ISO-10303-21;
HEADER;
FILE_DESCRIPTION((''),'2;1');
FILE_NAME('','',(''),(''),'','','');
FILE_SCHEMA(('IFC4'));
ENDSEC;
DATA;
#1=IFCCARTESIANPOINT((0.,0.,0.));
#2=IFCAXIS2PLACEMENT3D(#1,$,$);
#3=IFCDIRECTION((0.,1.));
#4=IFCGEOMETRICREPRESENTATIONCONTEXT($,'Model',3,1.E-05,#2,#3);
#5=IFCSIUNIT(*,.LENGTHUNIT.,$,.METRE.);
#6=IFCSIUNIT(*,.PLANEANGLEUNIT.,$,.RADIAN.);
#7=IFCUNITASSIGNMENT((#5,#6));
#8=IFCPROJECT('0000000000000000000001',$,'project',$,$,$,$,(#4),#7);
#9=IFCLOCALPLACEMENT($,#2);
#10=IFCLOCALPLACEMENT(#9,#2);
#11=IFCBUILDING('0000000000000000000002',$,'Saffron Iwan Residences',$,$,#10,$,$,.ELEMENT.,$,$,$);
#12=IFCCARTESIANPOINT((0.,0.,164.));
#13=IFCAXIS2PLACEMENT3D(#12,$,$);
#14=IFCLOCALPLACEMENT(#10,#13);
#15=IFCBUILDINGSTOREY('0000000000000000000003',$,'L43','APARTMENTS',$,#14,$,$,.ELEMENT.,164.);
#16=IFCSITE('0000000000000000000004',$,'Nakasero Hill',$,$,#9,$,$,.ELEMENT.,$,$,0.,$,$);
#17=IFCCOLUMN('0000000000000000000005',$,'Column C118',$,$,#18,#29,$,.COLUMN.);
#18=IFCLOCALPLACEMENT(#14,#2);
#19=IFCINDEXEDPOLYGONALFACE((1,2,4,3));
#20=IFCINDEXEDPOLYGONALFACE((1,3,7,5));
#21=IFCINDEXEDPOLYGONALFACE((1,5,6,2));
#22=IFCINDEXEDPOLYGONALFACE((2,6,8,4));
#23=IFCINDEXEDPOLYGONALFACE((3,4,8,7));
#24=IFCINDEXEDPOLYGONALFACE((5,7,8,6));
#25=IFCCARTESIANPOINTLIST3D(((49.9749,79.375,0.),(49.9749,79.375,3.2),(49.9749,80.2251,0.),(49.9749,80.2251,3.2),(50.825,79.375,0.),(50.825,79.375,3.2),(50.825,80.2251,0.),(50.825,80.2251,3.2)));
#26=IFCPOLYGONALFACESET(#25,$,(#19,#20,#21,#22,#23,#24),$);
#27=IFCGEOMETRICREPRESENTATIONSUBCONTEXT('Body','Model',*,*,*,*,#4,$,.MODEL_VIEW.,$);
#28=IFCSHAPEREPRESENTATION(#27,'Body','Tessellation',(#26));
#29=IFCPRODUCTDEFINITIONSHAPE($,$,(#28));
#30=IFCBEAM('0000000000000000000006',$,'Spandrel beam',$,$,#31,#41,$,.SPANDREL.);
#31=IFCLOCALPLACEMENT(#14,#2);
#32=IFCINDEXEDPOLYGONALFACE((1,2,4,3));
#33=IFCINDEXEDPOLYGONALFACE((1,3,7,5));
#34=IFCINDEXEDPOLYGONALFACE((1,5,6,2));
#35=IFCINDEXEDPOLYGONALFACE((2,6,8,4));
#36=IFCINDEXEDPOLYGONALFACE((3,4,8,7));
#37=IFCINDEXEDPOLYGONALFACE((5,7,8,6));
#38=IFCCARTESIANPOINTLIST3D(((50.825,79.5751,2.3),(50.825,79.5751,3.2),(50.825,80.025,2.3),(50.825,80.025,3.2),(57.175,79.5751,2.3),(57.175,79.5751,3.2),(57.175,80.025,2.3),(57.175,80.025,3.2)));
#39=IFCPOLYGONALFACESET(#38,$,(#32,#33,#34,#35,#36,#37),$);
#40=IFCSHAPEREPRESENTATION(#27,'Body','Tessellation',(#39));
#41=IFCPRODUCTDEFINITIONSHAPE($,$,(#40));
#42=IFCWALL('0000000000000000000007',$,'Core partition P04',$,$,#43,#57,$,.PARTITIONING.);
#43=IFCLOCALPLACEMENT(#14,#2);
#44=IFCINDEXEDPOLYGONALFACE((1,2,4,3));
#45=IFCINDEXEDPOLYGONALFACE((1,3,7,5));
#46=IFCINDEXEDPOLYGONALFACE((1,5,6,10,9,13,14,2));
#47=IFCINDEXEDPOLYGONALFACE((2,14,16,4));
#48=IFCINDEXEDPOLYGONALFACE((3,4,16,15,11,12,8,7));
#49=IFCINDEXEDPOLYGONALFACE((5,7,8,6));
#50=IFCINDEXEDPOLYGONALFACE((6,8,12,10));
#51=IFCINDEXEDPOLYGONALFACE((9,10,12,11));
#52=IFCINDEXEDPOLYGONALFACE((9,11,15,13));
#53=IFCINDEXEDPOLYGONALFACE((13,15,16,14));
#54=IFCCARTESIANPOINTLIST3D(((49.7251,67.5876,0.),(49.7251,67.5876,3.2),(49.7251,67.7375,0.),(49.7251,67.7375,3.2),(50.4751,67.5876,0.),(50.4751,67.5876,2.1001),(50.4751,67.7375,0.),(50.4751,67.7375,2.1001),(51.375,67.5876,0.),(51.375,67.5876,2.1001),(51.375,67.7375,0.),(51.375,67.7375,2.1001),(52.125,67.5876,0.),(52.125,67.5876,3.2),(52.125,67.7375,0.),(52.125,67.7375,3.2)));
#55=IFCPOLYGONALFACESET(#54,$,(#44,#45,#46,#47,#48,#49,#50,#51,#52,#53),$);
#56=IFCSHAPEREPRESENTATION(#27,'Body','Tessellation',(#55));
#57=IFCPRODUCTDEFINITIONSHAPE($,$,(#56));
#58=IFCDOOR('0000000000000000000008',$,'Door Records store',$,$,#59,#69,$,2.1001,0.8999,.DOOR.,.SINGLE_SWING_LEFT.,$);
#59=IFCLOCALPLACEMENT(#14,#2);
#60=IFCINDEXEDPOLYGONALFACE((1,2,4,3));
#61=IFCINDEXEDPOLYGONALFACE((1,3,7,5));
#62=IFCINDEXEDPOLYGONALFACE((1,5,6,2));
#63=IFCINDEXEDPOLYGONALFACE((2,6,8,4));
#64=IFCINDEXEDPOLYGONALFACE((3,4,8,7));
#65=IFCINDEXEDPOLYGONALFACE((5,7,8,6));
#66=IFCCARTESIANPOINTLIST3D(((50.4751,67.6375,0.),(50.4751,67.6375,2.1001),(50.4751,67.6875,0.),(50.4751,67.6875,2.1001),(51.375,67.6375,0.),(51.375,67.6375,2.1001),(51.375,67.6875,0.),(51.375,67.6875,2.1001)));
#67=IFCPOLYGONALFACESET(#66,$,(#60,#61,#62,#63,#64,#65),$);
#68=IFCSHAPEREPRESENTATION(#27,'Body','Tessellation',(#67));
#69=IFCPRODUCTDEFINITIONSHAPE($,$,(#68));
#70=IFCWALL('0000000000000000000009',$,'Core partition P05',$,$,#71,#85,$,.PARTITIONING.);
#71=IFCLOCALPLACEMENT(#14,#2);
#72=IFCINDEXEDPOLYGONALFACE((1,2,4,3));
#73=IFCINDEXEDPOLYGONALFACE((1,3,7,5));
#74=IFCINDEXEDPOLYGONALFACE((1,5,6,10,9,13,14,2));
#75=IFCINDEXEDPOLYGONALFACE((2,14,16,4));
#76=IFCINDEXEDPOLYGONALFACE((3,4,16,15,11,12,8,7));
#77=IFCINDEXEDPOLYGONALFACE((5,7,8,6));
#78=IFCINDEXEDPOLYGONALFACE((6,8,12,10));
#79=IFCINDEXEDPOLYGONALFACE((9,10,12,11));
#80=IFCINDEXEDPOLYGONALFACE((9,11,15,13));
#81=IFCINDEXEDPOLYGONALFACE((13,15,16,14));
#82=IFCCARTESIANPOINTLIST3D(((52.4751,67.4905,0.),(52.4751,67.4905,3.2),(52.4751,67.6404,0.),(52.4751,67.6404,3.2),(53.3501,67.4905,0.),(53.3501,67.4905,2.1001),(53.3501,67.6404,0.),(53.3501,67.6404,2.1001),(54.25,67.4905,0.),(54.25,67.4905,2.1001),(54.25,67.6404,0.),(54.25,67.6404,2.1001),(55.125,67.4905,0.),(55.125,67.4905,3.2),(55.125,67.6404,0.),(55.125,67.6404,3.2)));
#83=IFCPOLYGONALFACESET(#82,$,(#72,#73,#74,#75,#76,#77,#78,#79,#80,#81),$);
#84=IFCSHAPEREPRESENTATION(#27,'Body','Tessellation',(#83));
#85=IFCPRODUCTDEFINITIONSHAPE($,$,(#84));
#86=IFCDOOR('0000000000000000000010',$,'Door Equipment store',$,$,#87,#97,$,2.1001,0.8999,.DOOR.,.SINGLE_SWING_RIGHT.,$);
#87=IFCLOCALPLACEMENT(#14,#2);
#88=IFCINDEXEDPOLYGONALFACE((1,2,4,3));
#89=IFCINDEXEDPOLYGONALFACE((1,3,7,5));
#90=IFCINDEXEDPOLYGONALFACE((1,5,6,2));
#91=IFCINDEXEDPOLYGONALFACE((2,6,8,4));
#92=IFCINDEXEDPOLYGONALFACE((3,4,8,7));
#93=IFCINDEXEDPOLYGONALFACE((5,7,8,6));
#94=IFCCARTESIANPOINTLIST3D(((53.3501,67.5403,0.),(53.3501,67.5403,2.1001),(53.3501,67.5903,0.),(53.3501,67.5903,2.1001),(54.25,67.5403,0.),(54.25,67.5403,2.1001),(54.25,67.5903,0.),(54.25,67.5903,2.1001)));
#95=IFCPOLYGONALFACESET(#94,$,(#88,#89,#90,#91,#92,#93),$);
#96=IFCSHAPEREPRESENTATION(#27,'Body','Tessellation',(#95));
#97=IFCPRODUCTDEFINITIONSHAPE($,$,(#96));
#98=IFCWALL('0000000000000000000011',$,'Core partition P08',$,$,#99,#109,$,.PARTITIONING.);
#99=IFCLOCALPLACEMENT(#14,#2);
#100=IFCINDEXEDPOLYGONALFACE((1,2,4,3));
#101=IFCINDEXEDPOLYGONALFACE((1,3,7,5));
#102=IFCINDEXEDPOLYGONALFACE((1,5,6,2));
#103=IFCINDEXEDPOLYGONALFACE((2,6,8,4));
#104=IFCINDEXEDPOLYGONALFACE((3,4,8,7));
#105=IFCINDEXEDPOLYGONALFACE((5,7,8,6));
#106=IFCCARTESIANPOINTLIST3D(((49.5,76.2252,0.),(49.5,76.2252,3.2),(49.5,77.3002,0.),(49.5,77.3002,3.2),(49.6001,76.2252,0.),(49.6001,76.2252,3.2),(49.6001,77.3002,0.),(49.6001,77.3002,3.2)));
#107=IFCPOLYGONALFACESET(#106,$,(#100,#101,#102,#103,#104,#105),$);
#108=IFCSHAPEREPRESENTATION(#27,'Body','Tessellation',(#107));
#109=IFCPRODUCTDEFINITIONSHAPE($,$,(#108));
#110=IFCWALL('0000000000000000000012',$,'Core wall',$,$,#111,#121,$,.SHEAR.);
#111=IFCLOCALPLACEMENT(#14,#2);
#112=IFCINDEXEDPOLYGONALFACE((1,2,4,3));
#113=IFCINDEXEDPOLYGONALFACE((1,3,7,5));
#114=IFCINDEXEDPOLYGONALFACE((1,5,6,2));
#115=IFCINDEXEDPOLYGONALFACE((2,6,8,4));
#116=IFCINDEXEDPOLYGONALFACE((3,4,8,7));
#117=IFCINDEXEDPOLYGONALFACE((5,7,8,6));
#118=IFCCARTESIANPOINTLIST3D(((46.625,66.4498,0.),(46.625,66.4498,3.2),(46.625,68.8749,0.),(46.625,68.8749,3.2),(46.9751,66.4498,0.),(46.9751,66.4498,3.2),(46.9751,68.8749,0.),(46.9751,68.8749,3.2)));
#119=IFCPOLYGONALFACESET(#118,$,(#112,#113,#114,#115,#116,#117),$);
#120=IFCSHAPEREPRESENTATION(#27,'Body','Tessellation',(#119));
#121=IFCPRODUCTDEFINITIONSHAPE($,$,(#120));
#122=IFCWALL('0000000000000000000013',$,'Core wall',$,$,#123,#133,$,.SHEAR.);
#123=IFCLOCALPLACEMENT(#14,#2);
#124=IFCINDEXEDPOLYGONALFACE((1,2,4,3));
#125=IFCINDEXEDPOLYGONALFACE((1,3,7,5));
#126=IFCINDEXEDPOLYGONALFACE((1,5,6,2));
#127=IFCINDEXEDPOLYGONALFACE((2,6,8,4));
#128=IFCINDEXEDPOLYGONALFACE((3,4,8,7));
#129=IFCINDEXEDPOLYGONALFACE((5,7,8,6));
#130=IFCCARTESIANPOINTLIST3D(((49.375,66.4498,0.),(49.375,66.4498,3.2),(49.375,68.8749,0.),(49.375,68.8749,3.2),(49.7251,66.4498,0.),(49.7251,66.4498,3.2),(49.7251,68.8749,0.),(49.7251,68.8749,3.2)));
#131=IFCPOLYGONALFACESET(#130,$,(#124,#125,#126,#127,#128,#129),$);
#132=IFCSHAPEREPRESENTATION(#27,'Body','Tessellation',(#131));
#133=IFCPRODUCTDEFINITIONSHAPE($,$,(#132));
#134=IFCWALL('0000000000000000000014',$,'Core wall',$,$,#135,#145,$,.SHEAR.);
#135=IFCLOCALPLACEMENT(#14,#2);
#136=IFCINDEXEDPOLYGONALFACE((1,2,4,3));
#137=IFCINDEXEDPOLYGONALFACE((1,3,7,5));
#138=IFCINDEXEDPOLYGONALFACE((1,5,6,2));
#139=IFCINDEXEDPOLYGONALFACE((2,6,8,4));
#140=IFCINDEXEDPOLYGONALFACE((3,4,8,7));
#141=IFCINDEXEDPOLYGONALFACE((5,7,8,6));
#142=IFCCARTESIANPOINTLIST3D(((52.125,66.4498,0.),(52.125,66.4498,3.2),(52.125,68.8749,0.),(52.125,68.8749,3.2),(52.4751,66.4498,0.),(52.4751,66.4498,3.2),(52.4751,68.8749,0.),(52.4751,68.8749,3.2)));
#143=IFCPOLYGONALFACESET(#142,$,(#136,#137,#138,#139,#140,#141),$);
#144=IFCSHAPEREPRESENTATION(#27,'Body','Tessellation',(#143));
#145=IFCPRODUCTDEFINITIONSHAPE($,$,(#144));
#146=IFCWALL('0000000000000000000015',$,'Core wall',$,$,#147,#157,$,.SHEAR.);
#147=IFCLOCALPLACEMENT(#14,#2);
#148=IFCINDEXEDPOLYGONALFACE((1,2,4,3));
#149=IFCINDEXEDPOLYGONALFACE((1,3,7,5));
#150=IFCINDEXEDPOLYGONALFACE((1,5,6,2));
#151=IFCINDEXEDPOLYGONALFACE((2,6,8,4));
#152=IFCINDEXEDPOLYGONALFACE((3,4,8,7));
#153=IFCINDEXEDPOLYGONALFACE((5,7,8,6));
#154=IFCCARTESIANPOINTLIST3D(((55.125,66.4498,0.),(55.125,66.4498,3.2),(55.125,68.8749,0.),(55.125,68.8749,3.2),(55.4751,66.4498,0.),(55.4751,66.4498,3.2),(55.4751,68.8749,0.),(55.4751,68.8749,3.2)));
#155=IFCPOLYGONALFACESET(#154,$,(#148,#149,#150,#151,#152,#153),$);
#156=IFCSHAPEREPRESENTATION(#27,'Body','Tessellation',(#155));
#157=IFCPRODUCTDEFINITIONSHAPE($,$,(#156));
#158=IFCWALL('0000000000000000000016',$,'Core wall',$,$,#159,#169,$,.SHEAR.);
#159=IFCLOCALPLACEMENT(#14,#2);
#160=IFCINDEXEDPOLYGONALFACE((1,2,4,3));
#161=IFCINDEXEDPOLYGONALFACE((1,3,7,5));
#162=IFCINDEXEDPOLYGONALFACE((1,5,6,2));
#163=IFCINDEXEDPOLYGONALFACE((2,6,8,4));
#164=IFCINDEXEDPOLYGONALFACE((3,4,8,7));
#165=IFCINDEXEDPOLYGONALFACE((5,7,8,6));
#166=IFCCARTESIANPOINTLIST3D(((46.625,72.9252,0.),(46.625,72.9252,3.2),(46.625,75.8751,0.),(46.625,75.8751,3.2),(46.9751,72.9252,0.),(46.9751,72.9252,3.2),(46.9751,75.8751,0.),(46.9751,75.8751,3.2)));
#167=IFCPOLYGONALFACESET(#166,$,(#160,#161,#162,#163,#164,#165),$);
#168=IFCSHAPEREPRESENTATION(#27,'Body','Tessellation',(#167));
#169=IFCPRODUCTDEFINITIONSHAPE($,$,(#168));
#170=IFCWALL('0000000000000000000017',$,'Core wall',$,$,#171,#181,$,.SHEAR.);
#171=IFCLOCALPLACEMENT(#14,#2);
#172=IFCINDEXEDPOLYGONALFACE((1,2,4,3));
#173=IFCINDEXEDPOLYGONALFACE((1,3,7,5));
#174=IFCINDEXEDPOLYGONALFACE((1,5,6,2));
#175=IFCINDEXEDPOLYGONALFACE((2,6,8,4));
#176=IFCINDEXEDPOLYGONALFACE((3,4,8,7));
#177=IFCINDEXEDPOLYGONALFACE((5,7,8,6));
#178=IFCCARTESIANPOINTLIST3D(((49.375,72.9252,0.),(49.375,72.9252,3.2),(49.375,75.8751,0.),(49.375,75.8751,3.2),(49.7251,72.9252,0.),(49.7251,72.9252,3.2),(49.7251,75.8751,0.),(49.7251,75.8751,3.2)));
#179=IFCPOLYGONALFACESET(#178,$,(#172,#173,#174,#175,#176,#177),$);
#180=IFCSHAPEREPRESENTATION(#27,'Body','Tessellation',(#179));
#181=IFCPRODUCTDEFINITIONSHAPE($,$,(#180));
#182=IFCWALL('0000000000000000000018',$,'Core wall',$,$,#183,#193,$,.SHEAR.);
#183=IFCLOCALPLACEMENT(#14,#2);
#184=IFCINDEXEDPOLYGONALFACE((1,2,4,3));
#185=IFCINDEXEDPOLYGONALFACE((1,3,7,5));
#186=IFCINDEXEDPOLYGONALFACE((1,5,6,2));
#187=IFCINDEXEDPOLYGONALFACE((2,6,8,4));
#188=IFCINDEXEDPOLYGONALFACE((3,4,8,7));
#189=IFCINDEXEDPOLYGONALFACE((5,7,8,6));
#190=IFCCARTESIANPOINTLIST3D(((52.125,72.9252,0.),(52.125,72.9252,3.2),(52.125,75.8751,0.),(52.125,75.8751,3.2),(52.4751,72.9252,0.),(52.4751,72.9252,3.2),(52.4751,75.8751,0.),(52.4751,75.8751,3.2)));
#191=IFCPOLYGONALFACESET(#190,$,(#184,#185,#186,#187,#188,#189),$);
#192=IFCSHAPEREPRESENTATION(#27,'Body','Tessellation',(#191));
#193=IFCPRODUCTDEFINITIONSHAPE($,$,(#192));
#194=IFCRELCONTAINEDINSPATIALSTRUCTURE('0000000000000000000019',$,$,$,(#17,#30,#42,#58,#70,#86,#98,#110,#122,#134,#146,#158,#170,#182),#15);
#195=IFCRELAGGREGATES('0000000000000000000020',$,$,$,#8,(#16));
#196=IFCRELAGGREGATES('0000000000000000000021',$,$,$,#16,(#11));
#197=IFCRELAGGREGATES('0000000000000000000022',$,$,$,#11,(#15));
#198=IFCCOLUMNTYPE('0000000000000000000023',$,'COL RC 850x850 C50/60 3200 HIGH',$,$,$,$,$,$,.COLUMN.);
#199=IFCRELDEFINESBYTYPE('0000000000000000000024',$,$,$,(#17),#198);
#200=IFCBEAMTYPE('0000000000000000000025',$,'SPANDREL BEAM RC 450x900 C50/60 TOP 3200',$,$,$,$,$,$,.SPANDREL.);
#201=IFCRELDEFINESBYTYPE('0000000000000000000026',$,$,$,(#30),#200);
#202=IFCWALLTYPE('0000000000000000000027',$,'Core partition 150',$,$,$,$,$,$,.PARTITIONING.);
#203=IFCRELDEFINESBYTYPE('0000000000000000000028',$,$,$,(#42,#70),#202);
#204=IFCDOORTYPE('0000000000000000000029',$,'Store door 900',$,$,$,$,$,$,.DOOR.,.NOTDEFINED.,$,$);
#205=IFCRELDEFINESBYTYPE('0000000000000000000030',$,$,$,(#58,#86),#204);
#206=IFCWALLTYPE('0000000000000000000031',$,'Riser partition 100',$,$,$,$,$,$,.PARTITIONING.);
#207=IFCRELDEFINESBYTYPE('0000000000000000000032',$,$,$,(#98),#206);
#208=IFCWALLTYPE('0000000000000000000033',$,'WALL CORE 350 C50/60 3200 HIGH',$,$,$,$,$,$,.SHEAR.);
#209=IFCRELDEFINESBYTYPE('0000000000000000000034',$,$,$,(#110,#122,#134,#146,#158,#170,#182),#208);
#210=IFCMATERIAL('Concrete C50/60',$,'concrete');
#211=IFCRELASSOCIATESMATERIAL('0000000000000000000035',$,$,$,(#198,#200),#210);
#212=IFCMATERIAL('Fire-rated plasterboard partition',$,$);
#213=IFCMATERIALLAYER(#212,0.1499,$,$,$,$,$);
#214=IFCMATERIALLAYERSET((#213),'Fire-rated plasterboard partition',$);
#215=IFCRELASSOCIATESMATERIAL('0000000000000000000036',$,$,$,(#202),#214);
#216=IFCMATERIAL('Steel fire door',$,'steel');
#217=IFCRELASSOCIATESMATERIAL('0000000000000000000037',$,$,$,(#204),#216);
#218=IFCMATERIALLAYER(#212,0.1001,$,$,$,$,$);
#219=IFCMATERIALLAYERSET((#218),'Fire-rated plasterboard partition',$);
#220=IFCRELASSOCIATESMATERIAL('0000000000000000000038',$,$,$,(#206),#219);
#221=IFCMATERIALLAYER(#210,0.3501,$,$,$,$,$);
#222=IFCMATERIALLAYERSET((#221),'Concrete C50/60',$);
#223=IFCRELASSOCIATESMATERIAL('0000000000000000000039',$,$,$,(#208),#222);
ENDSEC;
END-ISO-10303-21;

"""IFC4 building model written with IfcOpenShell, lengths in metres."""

from ifc_helpers import new_model, si_unit, direction, frame, frame_2d, origin, origin_2d, place, context, subcontext, project, spatial, rectangle, extrude, source, transform, mapped, material, layer, layer_set, material_profile, profile_set, type_object, element, fill, save


model = new_model("IFC4")

# Units and contexts
model_context = context("Model", 3, precision=1e-05, world=origin(), true_north=direction((0.0, 1.0)))
body_context = subcontext(model_context, "Body", "Model", "MODEL_VIEW")
ifc_project = project(units=[si_unit("LENGTHUNIT", "METRE"), si_unit("PLANEANGLEUNIT", "RADIAN")], contexts=[model_context])

# Site, building, storey
site_placement = place(None, origin())
site = spatial("IfcSite", under=ifc_project, at=site_placement, Name="Nakasero Hill", CompositionType="ELEMENT", RefElevation=0.0)
building_placement = place(site_placement, origin())
building = spatial("IfcBuilding", under=site, at=building_placement, Name="Saffron Iwan Residences", CompositionType="ELEMENT")
storey_placement = place(building_placement, frame((0.0, 0.0, 164.0)))
storey = spatial("IfcBuildingStorey", under=building, at=storey_placement, Name="L43", Description="APARTMENTS", CompositionType="ELEMENT", Elevation=164.0)

# Column
ifc_material_1 = material(Name="Concrete C50/60", Category="concrete")
ifc_material_profile_1 = material_profile(ifc_material_1, rectangle(XDim=0.8501, YDim=0.8501, at=origin_2d()), Name="RC 850x850")
ifc_profile_set_1 = profile_set([ifc_material_profile_1], Name="Concrete C50/60")
column_type = type_object("IfcColumnType", Name="COL RC 850x850 C50/60 3200 HIGH", PredefinedType="COLUMN", material=ifc_profile_set_1)
shared_shape_1 = source(origin(), body_context, "Body", "SweptSolid", [
    extrude(rectangle(XDim=0.8501, YDim=0.8501, at=origin_2d()), origin(), (0.0, 0.0, 1.0), 3.2),
])
column_placement = place(storey_placement, frame((50.3999, 79.8, 0.0), z_axis=(0.0, 0.0, 1.0), x_axis=(1.0, 0.0, 0.0)))
element("IfcColumn", 1, at=column_placement, inside=storey, type_object=column_type, Name="Column C118", PredefinedType="COLUMN", context=body_context, shape_type="MappedRepresentation", body=[
    mapped(shared_shape_1, transform((0.0, 0.0, 0.0))),
])

# Beam
ifc_material_profile_2 = material_profile(ifc_material_1, rectangle(XDim=0.45, YDim=0.8999, at=origin_2d()), Name="RC 450x900")
ifc_profile_set_2 = profile_set([ifc_material_profile_2], Name="Concrete C50/60")
beam_type = type_object("IfcBeamType", Name="SPANDREL BEAM RC 450x900 C50/60 TOP 3200", PredefinedType="SPANDREL", material=ifc_profile_set_2)
shared_shape_2 = source(origin(), body_context, "Body", "SweptSolid", [
    extrude(rectangle(XDim=0.45, YDim=0.8999, at=origin_2d()), origin(), (0.0, 0.0, 1.0), 6.3501),
])
beam_placement = place(storey_placement, frame((50.825, 79.8, 2.75), z_axis=(1.0, 0.0, 0.0), x_axis=(0.0, 1.0, 0.0)))
element("IfcBeam", 2, at=beam_placement, inside=storey, type_object=beam_type, Name="Spandrel beam", PredefinedType="SPANDREL", context=body_context, shape_type="MappedRepresentation", body=[
    mapped(shared_shape_2, transform((0.0, 0.0, 0.0))),
])

# Walls, openings, doors
ifc_material_2 = material(Name="Fire-rated plasterboard partition")
ifc_layer_1 = layer(ifc_material_2, 0.1499)
ifc_layer_set_1 = layer_set([ifc_layer_1], Name="Fire-rated plasterboard partition")
wall_type_1 = type_object("IfcWallType", Name="Core partition 150", PredefinedType="PARTITIONING", material=ifc_layer_set_1)
wall_1_placement = place(storey_placement, frame((49.7251, 67.6626, 0.0), z_axis=(0.0, 0.0, 1.0), x_axis=(1.0, 0.0, 0.0)))
wall_1 = element("IfcWall", 3, at=wall_1_placement, inside=storey, type_object=wall_type_1, Name="Core partition P04", PredefinedType="PARTITIONING", context=body_context, shape_type="SweptSolid", body=[
    extrude(rectangle(XDim=2.3999, YDim=0.1499, at=frame_2d((1.2, 0.0))), origin(), (0.0, 0.0, 1.0), 3.2),
])
opening_1_placement = place(wall_1_placement, frame((0.75, 0.0, 0.0)))
opening_1 = element("IfcOpeningElement", 4, at=opening_1_placement, cuts=wall_1, PredefinedType="OPENING", context=body_context, shape_type="SweptSolid", body=[
    extrude(rectangle(XDim=0.8999, YDim=2.1001, at=frame_2d((0.45, 1.05))), frame((0.0, 0.085, 0.0), z_axis=(0.0, -1.0, 0.0), x_axis=(1.0, 0.0, 0.0)), (0.0, 0.0, 1.0), 0.1699),
])
ifc_material_3 = material(Name="Steel fire door", Category="steel")
door_type = type_object("IfcDoorType", Name="Store door 900", OperationType="NOTDEFINED", PredefinedType="DOOR", material=ifc_material_3)
door_1_placement = place(opening_1_placement, origin())
door_1 = element("IfcDoor", 5, at=door_1_placement, inside=storey, type_object=door_type, Name="Door Records store", OperationType="SINGLE_SWING_LEFT", OverallHeight=2.1001, OverallWidth=0.8999, PredefinedType="DOOR", context=body_context, shape_type="SweptSolid", body=[
    extrude(rectangle(XDim=0.8999, YDim=2.1001, at=frame_2d((0.45, 1.05))), frame((0.0, 0.0249, 0.0), z_axis=(0.0, -1.0, 0.0), x_axis=(1.0, 0.0, 0.0)), (0.0, 0.0, 1.0), 0.05),
])
fill(opening_1, door_1)
wall_2_placement = place(storey_placement, frame((52.4751, 67.5654, 0.0), z_axis=(0.0, 0.0, 1.0), x_axis=(1.0, 0.0, 0.0)))
wall_2 = element("IfcWall", 6, at=wall_2_placement, inside=storey, type_object=wall_type_1, Name="Core partition P05", PredefinedType="PARTITIONING", context=body_context, shape_type="SweptSolid", body=[
    extrude(rectangle(XDim=2.6499, YDim=0.1499, at=frame_2d((1.325, 0.0))), origin(), (0.0, 0.0, 1.0), 3.2),
])
opening_2_placement = place(wall_2_placement, frame((0.875, 0.0, 0.0)))
opening_2 = element("IfcOpeningElement", 7, at=opening_2_placement, cuts=wall_2, PredefinedType="OPENING", context=body_context, shape_type="SweptSolid", body=[
    extrude(rectangle(XDim=0.8999, YDim=2.1001, at=frame_2d((0.45, 1.05))), frame((0.0, 0.085, 0.0), z_axis=(0.0, -1.0, 0.0), x_axis=(1.0, 0.0, 0.0)), (0.0, 0.0, 1.0), 0.1699),
])
door_2_placement = place(opening_2_placement, origin())
door_2 = element("IfcDoor", 8, at=door_2_placement, inside=storey, type_object=door_type, Name="Door Equipment store", OperationType="SINGLE_SWING_RIGHT", OverallHeight=2.1001, OverallWidth=0.8999, PredefinedType="DOOR", context=body_context, shape_type="SweptSolid", body=[
    extrude(rectangle(XDim=0.8999, YDim=2.1001, at=frame_2d((0.45, 1.05))), frame((0.0, 0.0249, 0.0), z_axis=(0.0, -1.0, 0.0), x_axis=(1.0, 0.0, 0.0)), (0.0, 0.0, 1.0), 0.05),
])
fill(opening_2, door_2)

# Walls
ifc_layer_2 = layer(ifc_material_2, 0.1001)
ifc_layer_set_2 = layer_set([ifc_layer_2], Name="Fire-rated plasterboard partition")
wall_type_2 = type_object("IfcWallType", Name="Riser partition 100", PredefinedType="PARTITIONING", material=ifc_layer_set_2)
wall_3_placement = place(storey_placement, frame((49.55, 76.2251, 0.0), z_axis=(0.0, 0.0, 1.0), x_axis=(0.0, 1.0, 0.0)))
element("IfcWall", 9, at=wall_3_placement, inside=storey, type_object=wall_type_2, Name="Core partition P08", PredefinedType="PARTITIONING", context=body_context, shape_type="SweptSolid", body=[
    extrude(rectangle(XDim=1.075, YDim=0.1001, at=frame_2d((0.5376, 0.0))), origin(), (0.0, 0.0, 1.0), 3.2),
])
ifc_layer_3 = layer(ifc_material_1, 0.3501)
ifc_layer_set_3 = layer_set([ifc_layer_3], Name="Concrete C50/60")
wall_type_3 = type_object("IfcWallType", Name="WALL CORE 350 C50/60 3200 HIGH", PredefinedType="SHEAR", material=ifc_layer_set_3)
for number, where, z_axis, x_axis, name in (
    (10, (46.8, 66.45, 0.0), (0.0, 0.0, 1.0), (0.0, 1.0, 0.0), "Core wall"),
    (11, (49.55, 66.45, 0.0), (0.0, 0.0, 1.0), (0.0, 1.0, 0.0), "Core wall"),
    (12, (52.3, 66.45, 0.0), (0.0, 0.0, 1.0), (0.0, 1.0, 0.0), "Core wall"),
    (13, (55.3, 66.45, 0.0), (0.0, 0.0, 1.0), (0.0, 1.0, 0.0), "Core wall"),
):
    element("IfcWall", number, at=place(storey_placement, frame(where, z_axis=z_axis, x_axis=x_axis)), inside=storey, type_object=wall_type_3, Name=name, PredefinedType="SHEAR", context=body_context, shape_type="SweptSolid", body=[
        extrude(rectangle(XDim=2.425, YDim=0.3501, at=frame_2d((1.2124, 0.0))), origin(), (0.0, 0.0, 1.0), 3.2),
    ])
for number, where, z_axis, x_axis, name in (
    (14, (46.8, 72.925, 0.0), (0.0, 0.0, 1.0), (0.0, 1.0, 0.0), "Core wall"),
    (15, (49.55, 72.925, 0.0), (0.0, 0.0, 1.0), (0.0, 1.0, 0.0), "Core wall"),
    (16, (52.3, 72.925, 0.0), (0.0, 0.0, 1.0), (0.0, 1.0, 0.0), "Core wall"),
):
    element("IfcWall", number, at=place(storey_placement, frame(where, z_axis=z_axis, x_axis=x_axis)), inside=storey, type_object=wall_type_3, Name=name, PredefinedType="SHEAR", context=body_context, shape_type="SweptSolid", body=[
        extrude(rectangle(XDim=2.95, YDim=0.3501, at=frame_2d((1.4751, 0.0))), origin(), (0.0, 0.0, 1.0), 3.2),
    ])

save(model, "model.ifc")
